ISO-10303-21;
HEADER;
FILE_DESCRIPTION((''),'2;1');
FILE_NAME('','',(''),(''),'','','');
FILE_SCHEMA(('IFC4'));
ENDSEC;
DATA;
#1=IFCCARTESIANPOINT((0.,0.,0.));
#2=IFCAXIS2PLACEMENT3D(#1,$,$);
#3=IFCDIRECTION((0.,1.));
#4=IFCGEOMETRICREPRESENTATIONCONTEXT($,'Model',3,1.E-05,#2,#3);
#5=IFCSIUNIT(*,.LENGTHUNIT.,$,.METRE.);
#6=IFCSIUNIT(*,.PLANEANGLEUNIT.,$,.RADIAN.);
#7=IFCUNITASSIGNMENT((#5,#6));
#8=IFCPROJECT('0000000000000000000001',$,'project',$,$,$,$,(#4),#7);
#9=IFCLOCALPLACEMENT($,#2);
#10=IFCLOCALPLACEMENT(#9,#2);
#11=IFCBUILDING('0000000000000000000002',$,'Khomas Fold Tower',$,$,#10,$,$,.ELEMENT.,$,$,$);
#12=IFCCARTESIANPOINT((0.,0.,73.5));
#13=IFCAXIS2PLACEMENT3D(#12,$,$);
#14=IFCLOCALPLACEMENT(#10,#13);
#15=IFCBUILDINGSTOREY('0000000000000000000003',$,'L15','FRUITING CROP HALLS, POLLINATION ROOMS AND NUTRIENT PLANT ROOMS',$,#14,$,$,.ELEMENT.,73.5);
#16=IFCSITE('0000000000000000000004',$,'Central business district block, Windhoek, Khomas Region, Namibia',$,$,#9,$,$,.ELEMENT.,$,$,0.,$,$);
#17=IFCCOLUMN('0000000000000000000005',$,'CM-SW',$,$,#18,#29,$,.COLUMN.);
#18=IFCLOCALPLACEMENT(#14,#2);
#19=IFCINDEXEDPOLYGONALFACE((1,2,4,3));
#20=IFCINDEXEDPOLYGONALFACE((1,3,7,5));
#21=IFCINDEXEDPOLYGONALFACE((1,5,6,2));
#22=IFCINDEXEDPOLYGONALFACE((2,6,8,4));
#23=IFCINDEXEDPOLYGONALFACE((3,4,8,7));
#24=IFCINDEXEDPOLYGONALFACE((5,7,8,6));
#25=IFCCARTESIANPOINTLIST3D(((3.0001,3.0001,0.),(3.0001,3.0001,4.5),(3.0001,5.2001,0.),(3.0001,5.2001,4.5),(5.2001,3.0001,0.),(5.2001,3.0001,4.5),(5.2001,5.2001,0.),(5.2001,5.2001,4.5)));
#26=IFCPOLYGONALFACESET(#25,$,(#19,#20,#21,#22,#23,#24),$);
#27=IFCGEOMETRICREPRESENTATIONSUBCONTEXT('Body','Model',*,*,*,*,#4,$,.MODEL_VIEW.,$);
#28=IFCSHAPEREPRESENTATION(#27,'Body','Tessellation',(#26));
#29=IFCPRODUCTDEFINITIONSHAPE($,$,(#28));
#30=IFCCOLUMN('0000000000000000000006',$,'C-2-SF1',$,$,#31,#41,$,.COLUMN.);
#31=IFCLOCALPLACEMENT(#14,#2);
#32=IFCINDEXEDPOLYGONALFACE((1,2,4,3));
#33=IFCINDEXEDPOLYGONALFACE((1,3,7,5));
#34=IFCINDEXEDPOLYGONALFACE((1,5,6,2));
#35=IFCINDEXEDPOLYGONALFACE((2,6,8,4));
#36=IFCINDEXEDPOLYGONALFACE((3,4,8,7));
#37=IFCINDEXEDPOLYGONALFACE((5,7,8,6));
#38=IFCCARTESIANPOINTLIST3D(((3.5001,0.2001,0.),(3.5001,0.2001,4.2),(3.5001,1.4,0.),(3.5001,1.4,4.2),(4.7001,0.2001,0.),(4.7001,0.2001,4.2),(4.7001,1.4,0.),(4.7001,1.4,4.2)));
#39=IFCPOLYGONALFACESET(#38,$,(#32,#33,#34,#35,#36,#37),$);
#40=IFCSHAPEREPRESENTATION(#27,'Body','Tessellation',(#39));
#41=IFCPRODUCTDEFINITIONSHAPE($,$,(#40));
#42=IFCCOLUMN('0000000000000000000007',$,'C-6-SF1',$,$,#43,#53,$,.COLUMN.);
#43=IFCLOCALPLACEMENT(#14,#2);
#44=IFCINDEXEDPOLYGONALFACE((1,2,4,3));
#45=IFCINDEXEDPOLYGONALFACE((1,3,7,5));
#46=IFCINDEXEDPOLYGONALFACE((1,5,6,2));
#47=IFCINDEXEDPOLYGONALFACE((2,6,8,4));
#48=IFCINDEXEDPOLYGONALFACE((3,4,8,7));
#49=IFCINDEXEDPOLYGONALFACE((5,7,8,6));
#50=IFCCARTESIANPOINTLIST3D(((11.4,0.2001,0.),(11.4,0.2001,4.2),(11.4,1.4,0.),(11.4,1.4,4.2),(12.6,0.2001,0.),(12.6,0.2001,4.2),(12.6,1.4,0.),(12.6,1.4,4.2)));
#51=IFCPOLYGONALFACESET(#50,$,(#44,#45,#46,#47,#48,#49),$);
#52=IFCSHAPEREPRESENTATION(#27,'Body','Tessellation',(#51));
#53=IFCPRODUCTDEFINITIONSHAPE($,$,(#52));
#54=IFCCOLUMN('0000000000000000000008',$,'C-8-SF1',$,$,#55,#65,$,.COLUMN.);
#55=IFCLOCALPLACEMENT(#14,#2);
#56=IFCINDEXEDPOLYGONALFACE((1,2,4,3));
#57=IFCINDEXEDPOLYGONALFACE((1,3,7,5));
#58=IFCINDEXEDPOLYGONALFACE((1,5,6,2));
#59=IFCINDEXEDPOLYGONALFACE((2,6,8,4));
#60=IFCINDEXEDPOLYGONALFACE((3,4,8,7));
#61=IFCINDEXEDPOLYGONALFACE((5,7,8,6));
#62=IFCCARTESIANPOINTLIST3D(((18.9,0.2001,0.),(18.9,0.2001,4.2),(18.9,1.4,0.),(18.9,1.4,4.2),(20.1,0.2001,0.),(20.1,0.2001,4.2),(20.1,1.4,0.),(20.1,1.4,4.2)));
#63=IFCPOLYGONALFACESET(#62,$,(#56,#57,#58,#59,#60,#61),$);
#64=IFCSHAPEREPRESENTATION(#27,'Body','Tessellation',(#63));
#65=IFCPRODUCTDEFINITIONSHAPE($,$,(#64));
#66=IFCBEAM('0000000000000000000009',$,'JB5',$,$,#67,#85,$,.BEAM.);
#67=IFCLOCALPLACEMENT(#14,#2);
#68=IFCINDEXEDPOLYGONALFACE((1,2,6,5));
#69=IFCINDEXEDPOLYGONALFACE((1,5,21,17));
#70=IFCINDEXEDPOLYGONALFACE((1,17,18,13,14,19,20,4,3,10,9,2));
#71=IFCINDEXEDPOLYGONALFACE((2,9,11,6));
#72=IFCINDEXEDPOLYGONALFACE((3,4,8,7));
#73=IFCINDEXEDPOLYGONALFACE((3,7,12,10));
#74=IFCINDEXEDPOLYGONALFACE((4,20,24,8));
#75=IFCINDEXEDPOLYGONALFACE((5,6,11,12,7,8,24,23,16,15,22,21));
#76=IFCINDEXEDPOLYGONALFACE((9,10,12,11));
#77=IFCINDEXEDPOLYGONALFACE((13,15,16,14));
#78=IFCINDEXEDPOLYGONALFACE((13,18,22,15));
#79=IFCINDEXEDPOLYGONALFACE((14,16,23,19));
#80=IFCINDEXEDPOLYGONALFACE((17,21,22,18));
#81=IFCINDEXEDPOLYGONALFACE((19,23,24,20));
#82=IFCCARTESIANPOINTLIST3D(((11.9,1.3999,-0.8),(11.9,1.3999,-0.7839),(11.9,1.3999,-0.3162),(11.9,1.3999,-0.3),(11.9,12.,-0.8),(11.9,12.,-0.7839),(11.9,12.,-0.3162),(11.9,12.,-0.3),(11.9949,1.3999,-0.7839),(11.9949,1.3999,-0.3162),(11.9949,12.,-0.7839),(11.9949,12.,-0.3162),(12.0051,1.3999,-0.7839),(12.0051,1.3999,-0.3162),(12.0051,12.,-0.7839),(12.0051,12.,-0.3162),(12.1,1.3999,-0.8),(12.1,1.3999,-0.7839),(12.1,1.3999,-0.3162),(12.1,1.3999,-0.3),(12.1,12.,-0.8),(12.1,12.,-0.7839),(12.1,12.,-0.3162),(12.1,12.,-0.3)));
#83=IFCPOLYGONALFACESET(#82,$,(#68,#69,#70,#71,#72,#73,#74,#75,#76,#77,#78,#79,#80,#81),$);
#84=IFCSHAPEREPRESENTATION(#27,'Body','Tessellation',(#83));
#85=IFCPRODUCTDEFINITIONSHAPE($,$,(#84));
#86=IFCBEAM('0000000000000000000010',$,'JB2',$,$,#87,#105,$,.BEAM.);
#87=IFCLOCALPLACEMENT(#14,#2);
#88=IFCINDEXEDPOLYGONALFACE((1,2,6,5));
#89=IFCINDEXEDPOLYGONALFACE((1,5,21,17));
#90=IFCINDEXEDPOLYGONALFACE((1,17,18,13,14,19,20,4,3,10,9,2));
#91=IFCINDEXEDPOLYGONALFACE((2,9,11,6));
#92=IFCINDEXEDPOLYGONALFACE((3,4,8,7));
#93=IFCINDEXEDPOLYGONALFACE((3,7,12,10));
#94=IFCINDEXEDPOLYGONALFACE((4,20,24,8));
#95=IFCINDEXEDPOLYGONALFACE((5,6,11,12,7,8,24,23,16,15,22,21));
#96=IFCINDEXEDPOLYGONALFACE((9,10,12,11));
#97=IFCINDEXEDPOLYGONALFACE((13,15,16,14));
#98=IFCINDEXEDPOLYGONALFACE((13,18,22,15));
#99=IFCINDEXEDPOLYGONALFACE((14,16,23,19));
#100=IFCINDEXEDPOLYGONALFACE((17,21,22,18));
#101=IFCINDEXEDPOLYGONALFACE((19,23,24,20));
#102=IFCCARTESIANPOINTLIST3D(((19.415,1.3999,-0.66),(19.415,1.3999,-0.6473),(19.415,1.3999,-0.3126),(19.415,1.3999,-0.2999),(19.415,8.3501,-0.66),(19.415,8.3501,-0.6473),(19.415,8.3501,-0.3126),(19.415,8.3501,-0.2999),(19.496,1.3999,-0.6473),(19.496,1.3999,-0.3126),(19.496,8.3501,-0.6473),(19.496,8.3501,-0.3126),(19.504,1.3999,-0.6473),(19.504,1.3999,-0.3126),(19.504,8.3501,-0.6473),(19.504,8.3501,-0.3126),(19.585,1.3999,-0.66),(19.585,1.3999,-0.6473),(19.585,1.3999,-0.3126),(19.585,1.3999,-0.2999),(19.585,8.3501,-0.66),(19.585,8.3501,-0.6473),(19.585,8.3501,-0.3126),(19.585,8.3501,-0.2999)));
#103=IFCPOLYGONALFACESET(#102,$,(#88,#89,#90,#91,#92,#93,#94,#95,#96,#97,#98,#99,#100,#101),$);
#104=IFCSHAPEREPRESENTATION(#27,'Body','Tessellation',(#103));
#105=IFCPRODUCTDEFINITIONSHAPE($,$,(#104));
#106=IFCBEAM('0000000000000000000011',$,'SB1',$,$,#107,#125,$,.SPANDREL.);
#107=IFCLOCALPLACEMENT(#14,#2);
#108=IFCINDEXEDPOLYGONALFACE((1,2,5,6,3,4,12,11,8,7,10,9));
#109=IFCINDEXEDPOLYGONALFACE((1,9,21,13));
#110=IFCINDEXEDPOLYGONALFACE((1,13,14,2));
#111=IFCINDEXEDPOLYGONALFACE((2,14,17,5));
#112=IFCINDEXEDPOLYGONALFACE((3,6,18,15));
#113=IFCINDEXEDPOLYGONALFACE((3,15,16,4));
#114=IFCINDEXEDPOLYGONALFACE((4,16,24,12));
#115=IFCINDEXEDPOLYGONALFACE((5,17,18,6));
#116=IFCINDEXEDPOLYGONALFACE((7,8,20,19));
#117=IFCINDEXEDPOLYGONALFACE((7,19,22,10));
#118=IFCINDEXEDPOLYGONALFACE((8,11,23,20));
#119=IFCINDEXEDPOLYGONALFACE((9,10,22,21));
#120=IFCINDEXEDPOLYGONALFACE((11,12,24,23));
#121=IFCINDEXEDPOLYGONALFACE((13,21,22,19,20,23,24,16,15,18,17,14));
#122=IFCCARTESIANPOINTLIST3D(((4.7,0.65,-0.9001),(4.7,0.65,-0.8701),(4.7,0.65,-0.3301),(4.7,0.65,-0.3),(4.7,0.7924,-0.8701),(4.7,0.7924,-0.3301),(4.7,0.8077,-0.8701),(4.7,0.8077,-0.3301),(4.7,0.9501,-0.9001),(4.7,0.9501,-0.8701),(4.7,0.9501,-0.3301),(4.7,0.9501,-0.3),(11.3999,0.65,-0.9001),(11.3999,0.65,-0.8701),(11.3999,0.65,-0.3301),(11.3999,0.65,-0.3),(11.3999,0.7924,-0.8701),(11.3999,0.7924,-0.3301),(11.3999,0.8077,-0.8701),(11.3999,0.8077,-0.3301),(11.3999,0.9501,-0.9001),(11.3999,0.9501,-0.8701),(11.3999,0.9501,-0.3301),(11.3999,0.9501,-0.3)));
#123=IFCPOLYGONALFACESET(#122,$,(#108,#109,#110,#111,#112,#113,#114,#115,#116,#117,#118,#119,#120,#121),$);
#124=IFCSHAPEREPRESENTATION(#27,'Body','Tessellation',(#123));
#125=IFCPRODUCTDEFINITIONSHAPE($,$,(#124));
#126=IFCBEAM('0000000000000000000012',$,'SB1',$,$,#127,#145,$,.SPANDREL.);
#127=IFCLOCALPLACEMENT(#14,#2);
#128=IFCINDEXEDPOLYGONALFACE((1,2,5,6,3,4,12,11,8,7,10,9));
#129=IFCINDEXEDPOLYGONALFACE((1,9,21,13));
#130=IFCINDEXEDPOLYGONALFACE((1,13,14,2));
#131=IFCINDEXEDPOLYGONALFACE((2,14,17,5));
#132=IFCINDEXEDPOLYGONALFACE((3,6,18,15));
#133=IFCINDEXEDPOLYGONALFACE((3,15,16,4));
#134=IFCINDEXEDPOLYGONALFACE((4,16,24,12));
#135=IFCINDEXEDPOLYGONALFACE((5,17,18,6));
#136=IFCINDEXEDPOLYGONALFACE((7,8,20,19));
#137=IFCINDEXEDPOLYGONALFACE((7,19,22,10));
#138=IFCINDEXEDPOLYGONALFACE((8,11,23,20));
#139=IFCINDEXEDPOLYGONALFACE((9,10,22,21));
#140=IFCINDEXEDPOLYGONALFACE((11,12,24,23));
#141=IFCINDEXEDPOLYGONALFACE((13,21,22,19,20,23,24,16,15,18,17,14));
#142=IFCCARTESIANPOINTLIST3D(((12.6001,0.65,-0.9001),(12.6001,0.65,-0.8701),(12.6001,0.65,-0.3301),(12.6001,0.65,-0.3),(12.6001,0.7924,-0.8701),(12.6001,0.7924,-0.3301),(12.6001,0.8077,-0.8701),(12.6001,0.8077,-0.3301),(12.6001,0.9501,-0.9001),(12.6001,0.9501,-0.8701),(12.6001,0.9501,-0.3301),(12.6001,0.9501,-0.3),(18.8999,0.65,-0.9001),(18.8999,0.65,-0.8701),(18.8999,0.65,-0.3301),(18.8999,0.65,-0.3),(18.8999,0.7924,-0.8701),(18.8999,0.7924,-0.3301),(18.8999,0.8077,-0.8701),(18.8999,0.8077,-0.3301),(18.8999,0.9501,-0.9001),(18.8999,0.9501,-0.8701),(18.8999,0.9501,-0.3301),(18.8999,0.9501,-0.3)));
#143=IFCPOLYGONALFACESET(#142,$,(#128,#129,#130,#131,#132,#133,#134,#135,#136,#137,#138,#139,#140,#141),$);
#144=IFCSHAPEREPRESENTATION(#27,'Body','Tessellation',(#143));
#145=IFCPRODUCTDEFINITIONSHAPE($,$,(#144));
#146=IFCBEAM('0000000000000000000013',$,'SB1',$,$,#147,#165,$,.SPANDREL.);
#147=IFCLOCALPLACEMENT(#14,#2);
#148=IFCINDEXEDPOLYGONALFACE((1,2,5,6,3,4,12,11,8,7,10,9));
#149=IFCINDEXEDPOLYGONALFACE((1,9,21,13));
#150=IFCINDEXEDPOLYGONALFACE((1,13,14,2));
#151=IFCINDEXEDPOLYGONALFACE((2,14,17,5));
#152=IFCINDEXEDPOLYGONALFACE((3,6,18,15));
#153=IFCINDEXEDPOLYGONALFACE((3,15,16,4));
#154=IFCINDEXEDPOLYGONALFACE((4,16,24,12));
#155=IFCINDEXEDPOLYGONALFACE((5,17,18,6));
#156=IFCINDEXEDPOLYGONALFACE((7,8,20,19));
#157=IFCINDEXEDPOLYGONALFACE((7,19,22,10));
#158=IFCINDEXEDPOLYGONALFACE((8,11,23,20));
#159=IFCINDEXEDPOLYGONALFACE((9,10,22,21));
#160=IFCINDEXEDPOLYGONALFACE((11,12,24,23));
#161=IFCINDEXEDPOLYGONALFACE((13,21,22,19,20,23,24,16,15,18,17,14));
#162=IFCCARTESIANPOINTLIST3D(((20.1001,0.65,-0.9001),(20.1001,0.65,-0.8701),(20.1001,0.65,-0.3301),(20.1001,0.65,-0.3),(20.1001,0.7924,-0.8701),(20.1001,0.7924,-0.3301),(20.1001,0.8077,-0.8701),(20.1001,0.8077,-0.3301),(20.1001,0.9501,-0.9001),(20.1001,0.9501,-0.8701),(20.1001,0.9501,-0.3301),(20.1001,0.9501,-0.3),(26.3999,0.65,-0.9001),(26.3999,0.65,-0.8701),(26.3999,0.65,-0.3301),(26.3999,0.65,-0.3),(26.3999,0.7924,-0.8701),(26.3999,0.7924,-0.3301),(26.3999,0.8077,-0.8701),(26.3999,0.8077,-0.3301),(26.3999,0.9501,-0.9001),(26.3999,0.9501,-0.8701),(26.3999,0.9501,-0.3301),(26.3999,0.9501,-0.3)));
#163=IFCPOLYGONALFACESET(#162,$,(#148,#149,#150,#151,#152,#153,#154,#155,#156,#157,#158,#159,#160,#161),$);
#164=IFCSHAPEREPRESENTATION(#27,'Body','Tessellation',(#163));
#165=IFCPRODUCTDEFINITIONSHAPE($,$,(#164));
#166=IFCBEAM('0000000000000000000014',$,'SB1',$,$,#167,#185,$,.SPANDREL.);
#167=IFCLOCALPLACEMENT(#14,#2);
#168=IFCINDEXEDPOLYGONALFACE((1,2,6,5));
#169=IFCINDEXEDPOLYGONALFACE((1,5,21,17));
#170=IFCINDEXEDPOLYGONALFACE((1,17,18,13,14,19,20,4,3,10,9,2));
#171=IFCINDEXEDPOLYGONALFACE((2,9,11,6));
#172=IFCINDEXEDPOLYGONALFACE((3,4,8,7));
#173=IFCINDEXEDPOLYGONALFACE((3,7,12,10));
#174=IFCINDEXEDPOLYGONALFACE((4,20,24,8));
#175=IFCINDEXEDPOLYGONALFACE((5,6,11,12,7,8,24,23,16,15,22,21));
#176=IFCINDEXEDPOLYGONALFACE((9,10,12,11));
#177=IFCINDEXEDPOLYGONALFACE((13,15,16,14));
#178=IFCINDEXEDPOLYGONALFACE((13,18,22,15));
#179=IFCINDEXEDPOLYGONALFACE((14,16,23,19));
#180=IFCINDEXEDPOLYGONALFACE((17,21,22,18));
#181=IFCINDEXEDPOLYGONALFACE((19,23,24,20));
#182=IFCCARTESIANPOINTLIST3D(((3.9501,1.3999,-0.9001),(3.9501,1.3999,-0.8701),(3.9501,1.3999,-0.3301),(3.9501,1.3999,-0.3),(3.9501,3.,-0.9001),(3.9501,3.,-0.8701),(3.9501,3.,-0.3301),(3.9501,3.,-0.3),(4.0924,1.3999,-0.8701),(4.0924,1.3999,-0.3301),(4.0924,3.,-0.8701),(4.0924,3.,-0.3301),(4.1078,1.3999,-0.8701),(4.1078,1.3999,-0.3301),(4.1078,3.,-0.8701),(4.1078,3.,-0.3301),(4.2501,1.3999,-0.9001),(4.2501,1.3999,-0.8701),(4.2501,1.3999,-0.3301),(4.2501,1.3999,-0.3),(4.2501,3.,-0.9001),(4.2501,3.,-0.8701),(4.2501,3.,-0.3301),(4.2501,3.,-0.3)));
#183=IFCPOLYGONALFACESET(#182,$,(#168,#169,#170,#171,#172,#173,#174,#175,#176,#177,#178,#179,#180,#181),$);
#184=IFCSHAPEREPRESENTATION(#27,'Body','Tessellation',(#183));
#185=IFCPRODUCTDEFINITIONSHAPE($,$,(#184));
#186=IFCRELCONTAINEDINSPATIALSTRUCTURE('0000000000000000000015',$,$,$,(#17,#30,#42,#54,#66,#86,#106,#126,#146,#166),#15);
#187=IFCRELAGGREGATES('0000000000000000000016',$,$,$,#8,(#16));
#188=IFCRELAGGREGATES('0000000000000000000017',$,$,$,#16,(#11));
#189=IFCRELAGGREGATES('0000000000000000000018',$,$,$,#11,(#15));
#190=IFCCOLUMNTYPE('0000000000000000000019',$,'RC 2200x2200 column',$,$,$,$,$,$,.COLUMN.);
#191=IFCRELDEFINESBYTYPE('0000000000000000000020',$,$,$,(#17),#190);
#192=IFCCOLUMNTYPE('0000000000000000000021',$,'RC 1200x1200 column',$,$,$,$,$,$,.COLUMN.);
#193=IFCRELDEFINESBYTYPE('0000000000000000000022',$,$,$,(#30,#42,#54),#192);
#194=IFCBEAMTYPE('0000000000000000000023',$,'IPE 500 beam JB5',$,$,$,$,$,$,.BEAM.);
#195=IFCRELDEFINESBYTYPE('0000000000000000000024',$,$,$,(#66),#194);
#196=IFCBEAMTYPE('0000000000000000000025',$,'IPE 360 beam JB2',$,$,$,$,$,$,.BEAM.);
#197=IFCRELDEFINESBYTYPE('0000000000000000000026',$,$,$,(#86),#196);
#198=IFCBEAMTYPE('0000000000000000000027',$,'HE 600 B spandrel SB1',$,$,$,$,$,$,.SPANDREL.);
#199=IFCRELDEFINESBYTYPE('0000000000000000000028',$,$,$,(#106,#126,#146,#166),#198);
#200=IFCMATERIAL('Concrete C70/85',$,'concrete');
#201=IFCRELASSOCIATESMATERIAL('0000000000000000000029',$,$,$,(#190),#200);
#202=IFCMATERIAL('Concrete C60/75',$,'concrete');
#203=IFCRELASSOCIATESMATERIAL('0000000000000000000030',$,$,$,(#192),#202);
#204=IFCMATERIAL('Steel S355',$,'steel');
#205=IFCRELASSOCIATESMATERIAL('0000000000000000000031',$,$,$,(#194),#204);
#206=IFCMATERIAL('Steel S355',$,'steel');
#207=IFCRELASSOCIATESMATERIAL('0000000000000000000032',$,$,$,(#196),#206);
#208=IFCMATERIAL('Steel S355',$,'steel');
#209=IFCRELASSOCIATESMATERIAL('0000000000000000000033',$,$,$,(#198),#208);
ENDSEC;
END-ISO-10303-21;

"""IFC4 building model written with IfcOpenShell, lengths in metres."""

from ifc_helpers import new_model, si_unit, direction, frame, origin, origin_2d, place, context, subcontext, project, spatial, rectangle, i_section, extrude, source, transform, mapped, material, material_profile, profile_set, type_object, element, save


model = new_model("IFC4")

# Units and contexts
model_context = context("Model", 3, precision=1e-05, world=origin(), true_north=direction((0.0, 1.0)))
body_context = subcontext(model_context, "Body", "Model", "MODEL_VIEW")
ifc_project = project(units=[si_unit("LENGTHUNIT", "METRE"), si_unit("PLANEANGLEUNIT", "RADIAN")], contexts=[model_context])

# Site, building, storey
site_placement = place(None, origin())
site = spatial("IfcSite", under=ifc_project, at=site_placement, Name="Central business district block, Windhoek, Khomas Region, Namibia", CompositionType="ELEMENT", RefElevation=0.0)
building_placement = place(site_placement, origin())
building = spatial("IfcBuilding", under=site, at=building_placement, Name="Khomas Fold Tower", CompositionType="ELEMENT")
storey_placement = place(building_placement, frame((0.0, 0.0, 73.5)))
storey = spatial("IfcBuildingStorey", under=building, at=storey_placement, Name="L15", Description="FRUITING CROP HALLS, POLLINATION ROOMS AND NUTRIENT PLANT ROOMS", CompositionType="ELEMENT", Elevation=73.5)

# Columns
ifc_material_1 = material(Name="Concrete C70/85", Category="concrete")
ifc_material_profile_1 = material_profile(ifc_material_1, rectangle(XDim=2.2, YDim=2.2, at=origin_2d()), Name="RC 2200x2200")
ifc_profile_set_1 = profile_set([ifc_material_profile_1], Name="Concrete C70/85")
column_type_1 = type_object("IfcColumnType", Name="RC 2200x2200 column", PredefinedType="COLUMN", material=ifc_profile_set_1)
shared_shape_1 = source(origin(), body_context, "Body", "SweptSolid", [
    extrude(rectangle(XDim=2.2, YDim=2.2, at=origin_2d()), origin(), (0.0, 0.0, 1.0), 4.5),
])
column_placement = place(storey_placement, frame((4.1001, 4.1001, 0.0), z_axis=(0.0, 0.0, 1.0), x_axis=(1.0, 0.0, 0.0)))
element("IfcColumn", 1, at=column_placement, inside=storey, type_object=column_type_1, Name="CM-SW", PredefinedType="COLUMN", context=body_context, shape_type="MappedRepresentation", body=[
    mapped(shared_shape_1, transform((0.0, 0.0, 0.0))),
])
ifc_material_2 = material(Name="Concrete C60/75", Category="concrete")
ifc_material_profile_2 = material_profile(ifc_material_2, rectangle(XDim=1.2, YDim=1.2, at=origin_2d()), Name="RC 1200x1200")
ifc_profile_set_2 = profile_set([ifc_material_profile_2], Name="Concrete C60/75")
column_type_2 = type_object("IfcColumnType", Name="RC 1200x1200 column", PredefinedType="COLUMN", material=ifc_profile_set_2)
shared_shape_2 = source(origin(), body_context, "Body", "SweptSolid", [
    extrude(rectangle(XDim=1.2, YDim=1.2, at=origin_2d()), origin(), (0.0, 0.0, 1.0), 4.2),
])
for number, where, z_axis, x_axis, name in (
    (2, (4.1001, 0.8, 0.0), (0.0, 0.0, 1.0), (1.0, 0.0, 0.0), "C-2-SF1"),
    (3, (12.0, 0.8, 0.0), (0.0, 0.0, 1.0), (1.0, 0.0, 0.0), "C-6-SF1"),
    (4, (19.5, 0.8, 0.0), (0.0, 0.0, 1.0), (1.0, 0.0, 0.0), "C-8-SF1"),
):
    element("IfcColumn", number, at=place(storey_placement, frame(where, z_axis=z_axis, x_axis=x_axis)), inside=storey, type_object=column_type_2, Name=name, PredefinedType="COLUMN", context=body_context, shape_type="MappedRepresentation", body=[
        mapped(shared_shape_2, transform((0.0, 0.0, 0.0))),
    ])

# Beams
ifc_material_3 = material(Name="Steel S355", Category="steel")
ifc_material_profile_3 = material_profile(ifc_material_3, i_section(OverallWidth=0.2, OverallDepth=0.5, WebThickness=0.0103, FlangeThickness=0.0161, at=origin_2d()), Name="IPE 500")
ifc_profile_set_3 = profile_set([ifc_material_profile_3], Name="Steel S355")
beam_type_1 = type_object("IfcBeamType", Name="IPE 500 beam JB5", PredefinedType="BEAM", material=ifc_profile_set_3)
shared_shape_3 = source(origin(), body_context, "Body", "SweptSolid", [
    extrude(i_section(OverallWidth=0.2, OverallDepth=0.5, WebThickness=0.0103, FlangeThickness=0.0161, at=origin_2d()), origin(), (0.0, 0.0, 1.0), 10.6001),
])
beam_1_placement = place(storey_placement, frame((12.0, 1.3999, -0.55), z_axis=(0.0, 1.0, 0.0), x_axis=(-1.0, 0.0, 0.0)))
element("IfcBeam", 5, at=beam_1_placement, inside=storey, type_object=beam_type_1, Name="JB5", PredefinedType="BEAM", context=body_context, shape_type="MappedRepresentation", body=[
    mapped(shared_shape_3, transform((0.0, 0.0, 0.0))),
])
ifc_material_4 = material(Name="Steel S355", Category="steel")
ifc_material_profile_4 = material_profile(ifc_material_4, i_section(OverallWidth=0.1699, OverallDepth=0.3601, WebThickness=0.0081, FlangeThickness=0.0127, at=origin_2d()), Name="IPE 360")
ifc_profile_set_4 = profile_set([ifc_material_profile_4], Name="Steel S355")
beam_type_2 = type_object("IfcBeamType", Name="IPE 360 beam JB2", PredefinedType="BEAM", material=ifc_profile_set_4)
shared_shape_4 = source(origin(), body_context, "Body", "SweptSolid", [
    extrude(i_section(OverallWidth=0.1699, OverallDepth=0.3601, WebThickness=0.0081, FlangeThickness=0.0127, at=origin_2d()), origin(), (0.0, 0.0, 1.0), 6.9502),
])
beam_2_placement = place(storey_placement, frame((19.5, 1.3999, -0.48), z_axis=(0.0, 1.0, 0.0), x_axis=(-1.0, 0.0, 0.0)))
element("IfcBeam", 6, at=beam_2_placement, inside=storey, type_object=beam_type_2, Name="JB2", PredefinedType="BEAM", context=body_context, shape_type="MappedRepresentation", body=[
    mapped(shared_shape_4, transform((0.0, 0.0, 0.0))),
])
ifc_material_5 = material(Name="Steel S355", Category="steel")
ifc_material_profile_5 = material_profile(ifc_material_5, i_section(OverallWidth=0.3, OverallDepth=0.6001, WebThickness=0.0154, FlangeThickness=0.03, at=origin_2d()), Name="HE 600 B")
ifc_profile_set_5 = profile_set([ifc_material_profile_5], Name="Steel S355")
beam_type_3 = type_object("IfcBeamType", Name="HE 600 B spandrel SB1", PredefinedType="SPANDREL", material=ifc_profile_set_5)
shared_shape_5 = source(origin(), body_context, "Body", "SweptSolid", [
    extrude(i_section(OverallWidth=0.3, OverallDepth=0.6001, WebThickness=0.0154, FlangeThickness=0.03, at=origin_2d()), origin(), (0.0, 0.0, 1.0), 6.7),
])
beam_3_placement = place(storey_placement, frame((4.7, 0.8, -0.6001), z_axis=(1.0, 0.0, 0.0), x_axis=(0.0, 1.0, 0.0)))
element("IfcBeam", 7, at=beam_3_placement, inside=storey, type_object=beam_type_3, Name="SB1", PredefinedType="SPANDREL", context=body_context, shape_type="MappedRepresentation", body=[
    mapped(shared_shape_5, transform((0.0, 0.0, 0.0))),
])
shared_shape_6 = source(origin(), body_context, "Body", "SweptSolid", [
    extrude(i_section(OverallWidth=0.3, OverallDepth=0.6001, WebThickness=0.0154, FlangeThickness=0.03, at=origin_2d()), origin(), (0.0, 0.0, 1.0), 6.2998),
])
for number, where, z_axis, x_axis, name in (
    (8, (12.6001, 0.8, -0.6001), (1.0, 0.0, 0.0), (0.0, 1.0, 0.0), "SB1"),
    (9, (20.1001, 0.8, -0.6001), (1.0, 0.0, 0.0), (0.0, 1.0, 0.0), "SB1"),
):
    element("IfcBeam", number, at=place(storey_placement, frame(where, z_axis=z_axis, x_axis=x_axis)), inside=storey, type_object=beam_type_3, Name=name, PredefinedType="SPANDREL", context=body_context, shape_type="MappedRepresentation", body=[
        mapped(shared_shape_6, transform((0.0, 0.0, 0.0))),
    ])
shared_shape_7 = source(origin(), body_context, "Body", "SweptSolid", [
    extrude(i_section(OverallWidth=0.3, OverallDepth=0.6001, WebThickness=0.0154, FlangeThickness=0.03, at=origin_2d()), origin(), (0.0, 0.0, 1.0), 1.6001),
])
beam_4_placement = place(storey_placement, frame((4.1001, 1.3999, -0.6001), z_axis=(0.0, 1.0, 0.0), x_axis=(-1.0, 0.0, 0.0)))
element("IfcBeam", 10, at=beam_4_placement, inside=storey, type_object=beam_type_3, Name="SB1", PredefinedType="SPANDREL", context=body_context, shape_type="MappedRepresentation", body=[
    mapped(shared_shape_7, transform((0.0, 0.0, 0.0))),
])

save(model, "model.ifc")
